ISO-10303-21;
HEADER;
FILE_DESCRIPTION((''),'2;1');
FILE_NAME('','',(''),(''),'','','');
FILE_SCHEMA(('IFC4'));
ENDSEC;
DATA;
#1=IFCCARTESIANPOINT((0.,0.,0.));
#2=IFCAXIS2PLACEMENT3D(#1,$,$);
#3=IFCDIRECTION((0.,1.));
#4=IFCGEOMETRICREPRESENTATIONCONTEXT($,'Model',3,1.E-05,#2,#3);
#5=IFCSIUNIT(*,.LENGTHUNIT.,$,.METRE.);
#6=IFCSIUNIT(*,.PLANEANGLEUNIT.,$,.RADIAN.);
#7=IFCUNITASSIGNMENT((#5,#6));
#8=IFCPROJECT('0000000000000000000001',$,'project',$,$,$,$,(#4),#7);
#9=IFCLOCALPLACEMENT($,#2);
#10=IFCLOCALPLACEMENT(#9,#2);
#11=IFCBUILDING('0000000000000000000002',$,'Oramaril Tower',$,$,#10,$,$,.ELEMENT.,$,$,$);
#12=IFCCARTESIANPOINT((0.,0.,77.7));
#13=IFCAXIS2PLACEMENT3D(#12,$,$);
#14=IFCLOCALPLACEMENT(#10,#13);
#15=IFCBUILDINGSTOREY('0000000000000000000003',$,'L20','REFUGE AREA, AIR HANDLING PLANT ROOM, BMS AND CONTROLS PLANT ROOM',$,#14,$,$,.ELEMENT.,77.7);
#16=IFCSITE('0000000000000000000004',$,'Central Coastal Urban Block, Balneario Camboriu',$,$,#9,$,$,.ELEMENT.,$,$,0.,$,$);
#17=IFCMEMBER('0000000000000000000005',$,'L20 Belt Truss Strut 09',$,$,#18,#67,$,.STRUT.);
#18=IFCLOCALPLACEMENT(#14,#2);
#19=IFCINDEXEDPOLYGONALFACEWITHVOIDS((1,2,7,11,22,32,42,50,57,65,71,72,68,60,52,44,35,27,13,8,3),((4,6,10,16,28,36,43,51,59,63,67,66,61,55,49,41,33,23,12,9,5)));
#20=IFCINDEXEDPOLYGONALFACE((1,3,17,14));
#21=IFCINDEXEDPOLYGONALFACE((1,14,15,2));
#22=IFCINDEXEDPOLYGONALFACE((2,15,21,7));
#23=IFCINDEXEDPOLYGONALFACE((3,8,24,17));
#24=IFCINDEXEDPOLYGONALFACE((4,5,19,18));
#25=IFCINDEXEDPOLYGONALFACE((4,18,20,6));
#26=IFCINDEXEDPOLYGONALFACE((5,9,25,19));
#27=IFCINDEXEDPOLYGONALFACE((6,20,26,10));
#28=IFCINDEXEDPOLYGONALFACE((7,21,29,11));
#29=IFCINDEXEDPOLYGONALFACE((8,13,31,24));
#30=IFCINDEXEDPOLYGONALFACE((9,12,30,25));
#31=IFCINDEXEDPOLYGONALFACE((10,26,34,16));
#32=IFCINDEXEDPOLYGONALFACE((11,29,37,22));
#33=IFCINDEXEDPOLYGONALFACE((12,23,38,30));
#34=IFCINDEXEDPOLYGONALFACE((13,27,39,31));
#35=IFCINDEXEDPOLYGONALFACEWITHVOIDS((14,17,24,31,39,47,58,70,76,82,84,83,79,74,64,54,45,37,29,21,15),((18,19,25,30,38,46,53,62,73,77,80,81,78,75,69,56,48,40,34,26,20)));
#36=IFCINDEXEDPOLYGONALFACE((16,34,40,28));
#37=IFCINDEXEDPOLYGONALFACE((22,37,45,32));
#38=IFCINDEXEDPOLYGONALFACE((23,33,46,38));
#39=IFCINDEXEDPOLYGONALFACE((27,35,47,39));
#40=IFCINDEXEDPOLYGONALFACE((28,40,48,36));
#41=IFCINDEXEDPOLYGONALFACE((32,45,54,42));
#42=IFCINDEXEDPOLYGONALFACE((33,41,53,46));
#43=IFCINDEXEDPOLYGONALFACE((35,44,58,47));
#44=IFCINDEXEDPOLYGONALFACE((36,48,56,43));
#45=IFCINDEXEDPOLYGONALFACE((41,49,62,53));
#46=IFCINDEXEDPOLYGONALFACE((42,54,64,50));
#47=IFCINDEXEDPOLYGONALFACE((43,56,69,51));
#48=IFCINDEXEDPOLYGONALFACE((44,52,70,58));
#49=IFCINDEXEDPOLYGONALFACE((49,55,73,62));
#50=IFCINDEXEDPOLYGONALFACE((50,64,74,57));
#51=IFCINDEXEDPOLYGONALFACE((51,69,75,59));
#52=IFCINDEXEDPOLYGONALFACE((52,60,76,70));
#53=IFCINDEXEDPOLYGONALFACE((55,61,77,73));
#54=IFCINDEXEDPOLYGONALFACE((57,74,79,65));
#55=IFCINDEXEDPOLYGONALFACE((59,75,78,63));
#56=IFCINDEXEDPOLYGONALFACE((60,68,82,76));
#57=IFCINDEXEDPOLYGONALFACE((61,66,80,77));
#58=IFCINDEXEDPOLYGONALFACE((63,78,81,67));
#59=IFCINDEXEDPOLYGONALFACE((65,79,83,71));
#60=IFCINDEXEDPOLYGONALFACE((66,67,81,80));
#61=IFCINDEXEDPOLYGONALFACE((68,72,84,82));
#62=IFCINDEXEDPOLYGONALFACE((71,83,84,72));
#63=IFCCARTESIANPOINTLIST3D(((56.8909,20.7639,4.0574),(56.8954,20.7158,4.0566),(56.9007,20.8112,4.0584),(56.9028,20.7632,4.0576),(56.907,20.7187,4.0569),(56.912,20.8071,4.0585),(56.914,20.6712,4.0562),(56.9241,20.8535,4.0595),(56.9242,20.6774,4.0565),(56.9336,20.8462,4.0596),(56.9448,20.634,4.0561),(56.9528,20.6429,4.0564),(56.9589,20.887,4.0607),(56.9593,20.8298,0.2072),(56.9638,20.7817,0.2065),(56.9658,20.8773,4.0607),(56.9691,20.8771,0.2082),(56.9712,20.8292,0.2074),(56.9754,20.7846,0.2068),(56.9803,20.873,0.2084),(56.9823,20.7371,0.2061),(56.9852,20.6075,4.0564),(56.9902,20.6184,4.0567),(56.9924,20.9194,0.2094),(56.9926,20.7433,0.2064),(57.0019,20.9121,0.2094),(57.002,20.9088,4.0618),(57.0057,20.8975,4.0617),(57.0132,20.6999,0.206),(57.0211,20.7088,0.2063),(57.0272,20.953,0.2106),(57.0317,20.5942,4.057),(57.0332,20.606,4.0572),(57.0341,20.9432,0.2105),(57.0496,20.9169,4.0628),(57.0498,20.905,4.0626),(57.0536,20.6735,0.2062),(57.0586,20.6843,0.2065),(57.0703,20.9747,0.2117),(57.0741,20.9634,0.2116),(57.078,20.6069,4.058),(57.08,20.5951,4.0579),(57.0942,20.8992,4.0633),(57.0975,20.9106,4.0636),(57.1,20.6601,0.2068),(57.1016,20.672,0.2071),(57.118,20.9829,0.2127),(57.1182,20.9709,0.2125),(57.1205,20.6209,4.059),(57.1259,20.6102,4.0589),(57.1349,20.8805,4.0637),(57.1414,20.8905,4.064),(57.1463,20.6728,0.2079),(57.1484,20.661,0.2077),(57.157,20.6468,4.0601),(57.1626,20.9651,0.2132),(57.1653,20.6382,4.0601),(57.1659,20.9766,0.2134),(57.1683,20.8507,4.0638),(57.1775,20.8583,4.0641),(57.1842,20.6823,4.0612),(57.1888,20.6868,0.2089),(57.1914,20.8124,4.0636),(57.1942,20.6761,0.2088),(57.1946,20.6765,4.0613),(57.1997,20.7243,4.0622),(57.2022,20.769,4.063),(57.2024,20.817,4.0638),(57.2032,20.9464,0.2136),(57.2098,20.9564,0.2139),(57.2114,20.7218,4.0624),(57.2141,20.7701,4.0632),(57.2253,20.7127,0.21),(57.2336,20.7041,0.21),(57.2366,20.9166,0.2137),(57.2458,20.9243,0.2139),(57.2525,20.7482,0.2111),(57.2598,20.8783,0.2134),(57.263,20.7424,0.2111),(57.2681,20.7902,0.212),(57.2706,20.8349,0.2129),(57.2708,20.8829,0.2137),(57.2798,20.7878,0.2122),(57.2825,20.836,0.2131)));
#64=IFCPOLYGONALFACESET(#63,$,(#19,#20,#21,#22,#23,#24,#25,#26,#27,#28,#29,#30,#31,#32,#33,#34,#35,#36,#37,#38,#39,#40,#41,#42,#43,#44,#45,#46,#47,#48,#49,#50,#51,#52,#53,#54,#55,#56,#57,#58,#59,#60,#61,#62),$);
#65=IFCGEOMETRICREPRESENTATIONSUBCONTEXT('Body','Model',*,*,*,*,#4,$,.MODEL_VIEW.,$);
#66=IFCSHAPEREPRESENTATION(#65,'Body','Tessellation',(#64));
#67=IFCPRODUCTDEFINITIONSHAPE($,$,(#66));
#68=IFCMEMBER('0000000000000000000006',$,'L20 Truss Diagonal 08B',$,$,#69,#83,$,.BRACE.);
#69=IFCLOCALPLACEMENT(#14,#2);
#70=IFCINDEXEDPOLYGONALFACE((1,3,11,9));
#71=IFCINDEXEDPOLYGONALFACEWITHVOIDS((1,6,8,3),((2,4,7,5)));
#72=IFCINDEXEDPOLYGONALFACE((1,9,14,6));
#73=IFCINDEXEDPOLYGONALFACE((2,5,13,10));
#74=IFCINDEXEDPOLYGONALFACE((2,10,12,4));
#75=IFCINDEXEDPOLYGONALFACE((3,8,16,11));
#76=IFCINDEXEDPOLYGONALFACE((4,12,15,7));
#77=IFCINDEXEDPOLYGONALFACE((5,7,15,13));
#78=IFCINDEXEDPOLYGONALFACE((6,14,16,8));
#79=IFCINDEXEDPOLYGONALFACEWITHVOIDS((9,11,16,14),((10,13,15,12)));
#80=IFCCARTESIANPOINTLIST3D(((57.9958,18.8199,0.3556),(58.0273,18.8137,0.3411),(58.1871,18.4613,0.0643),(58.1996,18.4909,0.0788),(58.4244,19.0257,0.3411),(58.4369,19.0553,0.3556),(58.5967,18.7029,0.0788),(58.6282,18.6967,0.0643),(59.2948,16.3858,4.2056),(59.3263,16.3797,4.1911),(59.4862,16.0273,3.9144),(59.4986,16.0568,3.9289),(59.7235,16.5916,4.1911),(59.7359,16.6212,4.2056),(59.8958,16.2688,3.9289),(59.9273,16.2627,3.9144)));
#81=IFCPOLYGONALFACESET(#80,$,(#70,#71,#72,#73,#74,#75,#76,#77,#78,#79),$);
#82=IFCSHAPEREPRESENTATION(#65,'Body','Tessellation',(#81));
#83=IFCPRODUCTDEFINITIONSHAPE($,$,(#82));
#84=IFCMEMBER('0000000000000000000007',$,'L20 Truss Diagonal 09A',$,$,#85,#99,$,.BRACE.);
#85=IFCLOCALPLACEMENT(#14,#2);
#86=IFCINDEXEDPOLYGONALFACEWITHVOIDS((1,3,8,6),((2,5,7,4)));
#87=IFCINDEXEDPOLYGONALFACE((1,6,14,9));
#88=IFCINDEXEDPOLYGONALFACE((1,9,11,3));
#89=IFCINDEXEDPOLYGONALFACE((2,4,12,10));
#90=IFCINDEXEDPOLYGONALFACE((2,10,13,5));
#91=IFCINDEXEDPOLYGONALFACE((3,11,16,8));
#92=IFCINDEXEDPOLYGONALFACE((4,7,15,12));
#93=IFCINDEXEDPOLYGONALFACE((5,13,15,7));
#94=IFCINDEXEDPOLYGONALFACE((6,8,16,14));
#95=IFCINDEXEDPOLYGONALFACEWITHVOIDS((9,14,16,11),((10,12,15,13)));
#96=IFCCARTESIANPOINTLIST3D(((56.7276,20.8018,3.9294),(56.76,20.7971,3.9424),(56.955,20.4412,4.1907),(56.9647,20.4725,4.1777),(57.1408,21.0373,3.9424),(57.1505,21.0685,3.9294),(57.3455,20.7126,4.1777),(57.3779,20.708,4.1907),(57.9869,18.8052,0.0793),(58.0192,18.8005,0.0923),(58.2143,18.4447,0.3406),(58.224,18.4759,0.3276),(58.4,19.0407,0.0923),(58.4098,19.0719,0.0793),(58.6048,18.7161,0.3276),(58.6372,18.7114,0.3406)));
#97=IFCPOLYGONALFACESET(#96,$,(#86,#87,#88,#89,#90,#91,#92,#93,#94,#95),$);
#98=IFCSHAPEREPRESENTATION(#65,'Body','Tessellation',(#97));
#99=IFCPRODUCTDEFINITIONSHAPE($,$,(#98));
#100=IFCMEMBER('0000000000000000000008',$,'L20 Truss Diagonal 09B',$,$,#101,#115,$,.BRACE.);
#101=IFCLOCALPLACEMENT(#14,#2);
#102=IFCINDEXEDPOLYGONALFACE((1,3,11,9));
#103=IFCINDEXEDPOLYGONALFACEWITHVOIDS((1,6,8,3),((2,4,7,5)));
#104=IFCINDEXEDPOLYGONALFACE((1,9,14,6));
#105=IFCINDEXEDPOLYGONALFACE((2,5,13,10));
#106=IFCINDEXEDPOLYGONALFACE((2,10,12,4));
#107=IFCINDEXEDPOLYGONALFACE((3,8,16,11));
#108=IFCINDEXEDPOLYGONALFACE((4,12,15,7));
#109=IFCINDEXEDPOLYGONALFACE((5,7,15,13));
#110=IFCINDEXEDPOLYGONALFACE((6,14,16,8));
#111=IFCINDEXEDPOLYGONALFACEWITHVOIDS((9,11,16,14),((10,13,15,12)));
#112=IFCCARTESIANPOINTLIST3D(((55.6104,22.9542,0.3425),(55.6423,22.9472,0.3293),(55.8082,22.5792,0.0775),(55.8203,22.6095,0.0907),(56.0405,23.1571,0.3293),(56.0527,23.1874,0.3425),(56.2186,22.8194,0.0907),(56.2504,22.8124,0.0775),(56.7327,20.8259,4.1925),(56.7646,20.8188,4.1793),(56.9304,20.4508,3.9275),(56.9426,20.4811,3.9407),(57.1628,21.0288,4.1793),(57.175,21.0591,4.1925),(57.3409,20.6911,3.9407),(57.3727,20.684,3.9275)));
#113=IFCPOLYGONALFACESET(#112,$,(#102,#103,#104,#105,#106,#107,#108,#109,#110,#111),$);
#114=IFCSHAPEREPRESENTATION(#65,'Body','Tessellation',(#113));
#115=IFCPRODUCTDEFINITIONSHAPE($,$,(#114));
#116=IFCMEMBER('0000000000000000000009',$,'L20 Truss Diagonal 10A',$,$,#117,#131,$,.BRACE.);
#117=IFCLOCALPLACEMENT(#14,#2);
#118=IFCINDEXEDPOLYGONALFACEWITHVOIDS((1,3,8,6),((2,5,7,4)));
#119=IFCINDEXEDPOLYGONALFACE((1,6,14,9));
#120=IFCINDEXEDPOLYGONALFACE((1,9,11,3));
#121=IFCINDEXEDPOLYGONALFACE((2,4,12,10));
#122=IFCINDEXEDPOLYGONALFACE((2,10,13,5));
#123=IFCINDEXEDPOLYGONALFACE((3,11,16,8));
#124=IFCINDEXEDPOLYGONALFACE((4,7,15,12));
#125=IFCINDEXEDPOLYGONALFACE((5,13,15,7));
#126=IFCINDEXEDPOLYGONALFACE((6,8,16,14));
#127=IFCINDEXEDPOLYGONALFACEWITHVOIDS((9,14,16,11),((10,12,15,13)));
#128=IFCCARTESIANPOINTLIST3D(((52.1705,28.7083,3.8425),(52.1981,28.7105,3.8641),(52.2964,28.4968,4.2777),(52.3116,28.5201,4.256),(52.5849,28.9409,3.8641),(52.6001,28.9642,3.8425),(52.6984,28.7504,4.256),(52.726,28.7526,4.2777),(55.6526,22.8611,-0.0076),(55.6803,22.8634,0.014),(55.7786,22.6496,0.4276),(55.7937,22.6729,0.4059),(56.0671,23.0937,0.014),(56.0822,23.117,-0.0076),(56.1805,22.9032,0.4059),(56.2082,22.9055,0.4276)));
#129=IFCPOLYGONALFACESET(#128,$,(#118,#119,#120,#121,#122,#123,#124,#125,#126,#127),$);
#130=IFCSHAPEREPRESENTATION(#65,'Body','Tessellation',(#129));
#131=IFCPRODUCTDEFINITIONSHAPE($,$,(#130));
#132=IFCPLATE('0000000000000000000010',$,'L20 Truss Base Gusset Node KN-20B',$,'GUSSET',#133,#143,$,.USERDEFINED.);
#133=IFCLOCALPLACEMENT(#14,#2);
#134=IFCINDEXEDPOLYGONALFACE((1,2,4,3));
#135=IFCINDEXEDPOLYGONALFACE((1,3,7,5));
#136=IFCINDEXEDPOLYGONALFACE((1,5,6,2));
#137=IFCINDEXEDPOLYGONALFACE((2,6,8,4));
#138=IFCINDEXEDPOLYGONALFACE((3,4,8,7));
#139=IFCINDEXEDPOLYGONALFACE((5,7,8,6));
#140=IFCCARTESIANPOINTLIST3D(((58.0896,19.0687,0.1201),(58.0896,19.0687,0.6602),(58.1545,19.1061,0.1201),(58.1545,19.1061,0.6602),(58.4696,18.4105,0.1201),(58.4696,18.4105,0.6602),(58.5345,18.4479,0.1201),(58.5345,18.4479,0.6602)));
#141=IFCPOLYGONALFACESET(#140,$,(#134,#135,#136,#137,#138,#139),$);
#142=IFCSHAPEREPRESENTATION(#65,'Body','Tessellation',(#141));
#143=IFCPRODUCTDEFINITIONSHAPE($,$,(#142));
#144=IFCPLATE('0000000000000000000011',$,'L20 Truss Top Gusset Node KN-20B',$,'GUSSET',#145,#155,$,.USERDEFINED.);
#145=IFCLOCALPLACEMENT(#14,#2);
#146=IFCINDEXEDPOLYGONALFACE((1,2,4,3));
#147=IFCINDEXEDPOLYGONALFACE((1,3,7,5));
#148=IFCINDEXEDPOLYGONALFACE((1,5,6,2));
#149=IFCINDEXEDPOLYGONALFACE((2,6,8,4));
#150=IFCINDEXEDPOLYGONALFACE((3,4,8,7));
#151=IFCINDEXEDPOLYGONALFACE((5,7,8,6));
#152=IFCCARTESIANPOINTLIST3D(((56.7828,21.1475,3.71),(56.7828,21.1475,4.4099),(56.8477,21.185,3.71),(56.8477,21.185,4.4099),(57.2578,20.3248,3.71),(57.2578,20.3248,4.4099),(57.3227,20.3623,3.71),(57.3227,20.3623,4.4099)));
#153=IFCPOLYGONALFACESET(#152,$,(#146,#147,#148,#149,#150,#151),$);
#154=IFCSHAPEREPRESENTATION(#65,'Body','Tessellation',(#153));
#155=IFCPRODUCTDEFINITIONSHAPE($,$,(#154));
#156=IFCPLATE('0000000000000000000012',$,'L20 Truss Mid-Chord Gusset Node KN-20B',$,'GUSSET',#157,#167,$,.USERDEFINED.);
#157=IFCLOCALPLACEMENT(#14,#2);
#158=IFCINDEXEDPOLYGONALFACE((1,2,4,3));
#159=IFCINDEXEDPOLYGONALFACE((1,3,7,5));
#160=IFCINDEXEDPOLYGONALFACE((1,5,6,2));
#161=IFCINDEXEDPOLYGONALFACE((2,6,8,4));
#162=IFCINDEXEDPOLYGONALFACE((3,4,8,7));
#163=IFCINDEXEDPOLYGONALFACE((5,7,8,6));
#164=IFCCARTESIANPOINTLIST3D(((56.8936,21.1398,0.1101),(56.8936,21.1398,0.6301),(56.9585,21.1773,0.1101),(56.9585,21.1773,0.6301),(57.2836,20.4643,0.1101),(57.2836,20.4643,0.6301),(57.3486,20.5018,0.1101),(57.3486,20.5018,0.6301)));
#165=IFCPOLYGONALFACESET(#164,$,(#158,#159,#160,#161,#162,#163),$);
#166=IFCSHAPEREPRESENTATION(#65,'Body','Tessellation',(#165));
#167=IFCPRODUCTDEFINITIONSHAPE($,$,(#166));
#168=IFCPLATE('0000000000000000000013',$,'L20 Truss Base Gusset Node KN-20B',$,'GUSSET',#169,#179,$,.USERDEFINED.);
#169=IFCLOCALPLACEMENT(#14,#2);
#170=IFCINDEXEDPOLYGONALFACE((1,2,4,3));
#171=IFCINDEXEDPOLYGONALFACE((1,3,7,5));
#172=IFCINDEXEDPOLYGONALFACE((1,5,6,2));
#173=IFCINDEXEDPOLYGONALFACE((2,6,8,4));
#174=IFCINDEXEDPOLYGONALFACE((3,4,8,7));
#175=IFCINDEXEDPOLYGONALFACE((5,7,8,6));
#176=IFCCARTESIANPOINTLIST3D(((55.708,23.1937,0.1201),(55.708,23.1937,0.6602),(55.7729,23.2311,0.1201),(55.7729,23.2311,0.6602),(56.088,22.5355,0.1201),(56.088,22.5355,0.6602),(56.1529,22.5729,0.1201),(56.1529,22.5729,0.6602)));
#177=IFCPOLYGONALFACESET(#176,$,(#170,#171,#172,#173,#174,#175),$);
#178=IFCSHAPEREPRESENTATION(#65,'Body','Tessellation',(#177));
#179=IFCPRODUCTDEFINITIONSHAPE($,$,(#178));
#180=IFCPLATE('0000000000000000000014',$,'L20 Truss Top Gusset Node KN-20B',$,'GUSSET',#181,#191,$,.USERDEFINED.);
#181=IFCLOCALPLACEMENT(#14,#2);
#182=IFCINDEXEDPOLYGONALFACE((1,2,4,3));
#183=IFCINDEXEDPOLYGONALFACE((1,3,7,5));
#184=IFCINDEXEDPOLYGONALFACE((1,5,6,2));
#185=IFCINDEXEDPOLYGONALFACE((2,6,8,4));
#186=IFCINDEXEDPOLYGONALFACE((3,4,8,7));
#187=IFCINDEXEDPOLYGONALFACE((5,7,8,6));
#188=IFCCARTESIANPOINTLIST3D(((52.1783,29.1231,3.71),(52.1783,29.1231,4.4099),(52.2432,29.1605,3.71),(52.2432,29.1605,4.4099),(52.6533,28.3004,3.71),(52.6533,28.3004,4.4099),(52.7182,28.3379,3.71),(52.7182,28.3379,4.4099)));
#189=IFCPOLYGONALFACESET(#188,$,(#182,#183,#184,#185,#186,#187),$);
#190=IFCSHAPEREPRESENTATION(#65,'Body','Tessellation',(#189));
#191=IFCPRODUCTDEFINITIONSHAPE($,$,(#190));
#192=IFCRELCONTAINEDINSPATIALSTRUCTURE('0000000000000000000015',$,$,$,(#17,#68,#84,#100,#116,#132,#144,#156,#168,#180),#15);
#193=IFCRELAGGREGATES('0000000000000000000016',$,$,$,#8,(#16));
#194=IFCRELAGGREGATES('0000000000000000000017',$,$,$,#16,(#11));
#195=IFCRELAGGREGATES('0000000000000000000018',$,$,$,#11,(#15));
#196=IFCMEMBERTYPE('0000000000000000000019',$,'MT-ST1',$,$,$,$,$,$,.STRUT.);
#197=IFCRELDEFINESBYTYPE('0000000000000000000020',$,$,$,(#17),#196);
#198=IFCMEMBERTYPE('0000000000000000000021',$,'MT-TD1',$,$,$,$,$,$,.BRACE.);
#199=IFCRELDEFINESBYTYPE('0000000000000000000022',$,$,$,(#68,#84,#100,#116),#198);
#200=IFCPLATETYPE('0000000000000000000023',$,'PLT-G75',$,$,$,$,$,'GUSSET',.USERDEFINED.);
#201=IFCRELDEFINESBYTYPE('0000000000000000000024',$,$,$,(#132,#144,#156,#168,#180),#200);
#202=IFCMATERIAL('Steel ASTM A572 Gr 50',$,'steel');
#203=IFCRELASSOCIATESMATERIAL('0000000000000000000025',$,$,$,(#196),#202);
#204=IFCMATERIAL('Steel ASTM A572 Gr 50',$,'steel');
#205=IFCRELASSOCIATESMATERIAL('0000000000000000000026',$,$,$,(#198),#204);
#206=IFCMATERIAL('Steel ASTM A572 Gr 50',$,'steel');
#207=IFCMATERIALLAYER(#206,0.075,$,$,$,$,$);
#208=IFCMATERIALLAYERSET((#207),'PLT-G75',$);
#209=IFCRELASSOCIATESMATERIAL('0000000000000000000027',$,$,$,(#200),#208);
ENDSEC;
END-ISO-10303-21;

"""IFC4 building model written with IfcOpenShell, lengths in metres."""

from ifc_helpers import new_model, si_unit, direction, frame, origin, origin_2d, place, context, subcontext, project, spatial, rectangle, hollow_rectangle, hollow_circle, extrude, material, layer, layer_set, material_profile, profile_set, type_object, element, save


model = new_model("IFC4")

# Units and contexts
model_context = context("Model", 3, precision=1e-05, world=origin(), true_north=direction((0.0, 1.0)))
body_context = subcontext(model_context, "Body", "Model", "MODEL_VIEW")
ifc_project = project(units=[si_unit("LENGTHUNIT", "METRE"), si_unit("PLANEANGLEUNIT", "RADIAN")], contexts=[model_context])

# Site, building, storey
site_placement = place(None, origin())
site = spatial("IfcSite", under=ifc_project, at=site_placement, Name="Central Coastal Urban Block, Balneario Camboriu", CompositionType="ELEMENT", RefElevation=0.0)
building_placement = place(site_placement, origin())
building = spatial("IfcBuilding", under=site, at=building_placement, Name="Oramaril Tower", CompositionType="ELEMENT")
storey_placement = place(building_placement, frame((0.0, 0.0, 77.7)))
storey = spatial("IfcBuildingStorey", under=building, at=storey_placement, Name="L20", Description="REFUGE AREA, AIR HANDLING PLANT ROOM, BMS AND CONTROLS PLANT ROOM", CompositionType="ELEMENT", Elevation=77.7)

# Members
ifc_material_1 = material(Name="Steel ASTM A572 Gr 50", Category="steel")
ifc_material_profile_1 = material_profile(ifc_material_1, hollow_circle(Radius=0.1621, WallThickness=0.012, at=origin_2d()), Name="CHS324X12")
ifc_profile_set_1 = profile_set([ifc_material_profile_1], Name="Steel ASTM A572 Gr 50")
member_type_1 = type_object("IfcMemberType", Name="MT-ST1", PredefinedType="STRUT", material=ifc_profile_set_1)
member_1_placement = place(storey_placement, frame((57.1211, 20.8208, 0.21), z_axis=(-0.01775, -0.017116, 0.999696), x_axis=(0.694136, -0.719844, 0.0)))
element("IfcMember", 1, at=member_1_placement, inside=storey, type_object=member_type_1, Name="L20 Belt Truss Strut 09", PredefinedType="STRUT", context=body_context, shape_type="SweptSolid", body=[
    extrude(hollow_circle(Radius=0.1621, WallThickness=0.012, at=origin_2d()), origin(), (0.0, 0.0, 1.0), 3.8513),
])
ifc_material_2 = material(Name="Steel ASTM A572 Gr 50", Category="steel")
ifc_material_profile_2 = material_profile(ifc_material_2, hollow_rectangle(XDim=0.5, YDim=0.5, WallThickness=0.0249, at=origin_2d()), Name="HSS500X500X25")
ifc_profile_set_2 = profile_set([ifc_material_profile_2], Name="Steel ASTM A572 Gr 50")
member_type_2 = type_object("IfcMemberType", Name="MT-TD1", PredefinedType="BRACE", material=ifc_profile_set_2)
member_2_placement = place(storey_placement, frame((58.312, 18.7583, 0.21), z_axis=(0.274261, -0.513886, 0.812836), x_axis=(0.882218, 0.470841, 0.0)))
element("IfcMember", 2, at=member_2_placement, inside=storey, type_object=member_type_2, Name="L20 Truss Diagonal 08B", PredefinedType="BRACE", context=body_context, shape_type="SweptSolid", body=[
    extrude(hollow_rectangle(XDim=0.5, YDim=0.5, WallThickness=0.0249, at=origin_2d()), origin(), (0.0, 0.0, 1.0), 4.7366),
])
member_3_placement = place(storey_placement, frame((58.312, 18.7583, 0.21), z_axis=(-0.27884, 0.442101, 0.852523), x_axis=(-0.845818, -0.533471, 0.0)))
element("IfcMember", 3, at=member_3_placement, inside=storey, type_object=member_type_2, Name="L20 Truss Diagonal 09A", PredefinedType="BRACE", context=body_context, shape_type="SweptSolid", body=[
    extrude(hollow_rectangle(XDim=0.5, YDim=0.5, WallThickness=0.0249, at=origin_2d()), origin(), (0.0, 0.0, 1.0), 4.5161),
])
member_4_placement = place(storey_placement, frame((55.9304, 22.8833, 0.21), z_axis=(0.247197, -0.468799, 0.84801), x_axis=(0.884559, 0.466428, 0.0)))
element("IfcMember", 4, at=member_4_placement, inside=storey, type_object=member_type_2, Name="L20 Truss Diagonal 09B", PredefinedType="BRACE", context=body_context, shape_type="SweptSolid", body=[
    extrude(hollow_rectangle(XDim=0.5, YDim=0.5, WallThickness=0.0249, at=origin_2d()), origin(), (0.0, 0.0, 1.0), 4.54),
])
member_5_placement = place(storey_placement, frame((55.9304, 22.8833, 0.21), z_axis=(-0.445343, 0.747807, 0.492397), x_axis=(-0.859182, -0.511671, 0.0)))
element("IfcMember", 5, at=member_5_placement, inside=storey, type_object=member_type_2, Name="L20 Truss Diagonal 10A", PredefinedType="BRACE", context=body_context, shape_type="SweptSolid", body=[
    extrude(hollow_rectangle(XDim=0.5, YDim=0.5, WallThickness=0.0249, at=origin_2d()), origin(), (0.0, 0.0, 1.0), 7.8191),
])

# Plates
ifc_material_3 = material(Name="Steel ASTM A572 Gr 50", Category="steel")
ifc_layer_1 = layer(ifc_material_3, 0.075)
ifc_layer_set_1 = layer_set([ifc_layer_1], Name="PLT-G75")
plate_type = type_object("IfcPlateType", Name="PLT-G75", ElementType="GUSSET", PredefinedType="USERDEFINED", material=ifc_layer_set_1)
plate_1_placement = place(storey_placement, frame((58.312, 18.7583, 0.1201), z_axis=(0.0, 0.0, 1.0), x_axis=(-0.499997, 0.866027, 0.0)))
element("IfcPlate", 6, at=plate_1_placement, inside=storey, type_object=plate_type, Name="L20 Truss Base Gusset Node KN-20B", ObjectType="GUSSET", PredefinedType="USERDEFINED", context=body_context, shape_type="SweptSolid", body=[
    extrude(rectangle(XDim=0.76, YDim=0.075, at=origin_2d()), origin(), (0.0, 0.0, 1.0), 0.54),
])
plate_2_placement = place(storey_placement, frame((57.0527, 20.7549, 3.71), z_axis=(0.0, 0.0, 1.0), x_axis=(-0.499995, 0.866028, 0.0)))
element("IfcPlate", 7, at=plate_2_placement, inside=storey, type_object=plate_type, Name="L20 Truss Top Gusset Node KN-20B", ObjectType="GUSSET", PredefinedType="USERDEFINED", context=body_context, shape_type="SweptSolid", body=[
    extrude(rectangle(XDim=0.95, YDim=0.075, at=origin_2d()), origin(), (0.0, 0.0, 1.0), 0.7),
])
plate_3_placement = place(storey_placement, frame((57.1211, 20.8208, 0.1101), z_axis=(0.0, 0.0, 1.0), x_axis=(-0.499995, 0.866028, 0.0)))
element("IfcPlate", 8, at=plate_3_placement, inside=storey, type_object=plate_type, Name="L20 Truss Mid-Chord Gusset Node KN-20B", ObjectType="GUSSET", PredefinedType="USERDEFINED", context=body_context, shape_type="SweptSolid", body=[
    extrude(rectangle(XDim=0.78, YDim=0.075, at=origin_2d()), origin(), (0.0, 0.0, 1.0), 0.52),
])
plate_4_placement = place(storey_placement, frame((55.9304, 22.8833, 0.1201), z_axis=(0.0, 0.0, 1.0), x_axis=(-0.499995, 0.866028, 0.0)))
element("IfcPlate", 9, at=plate_4_placement, inside=storey, type_object=plate_type, Name="L20 Truss Base Gusset Node KN-20B", ObjectType="GUSSET", PredefinedType="USERDEFINED", context=body_context, shape_type="SweptSolid", body=[
    extrude(rectangle(XDim=0.76, YDim=0.075, at=origin_2d()), origin(), (0.0, 0.0, 1.0), 0.54),
])
plate_5_placement = place(storey_placement, frame((52.4482, 28.7305, 3.71), z_axis=(0.0, 0.0, 1.0), x_axis=(-0.500002, 0.866025, 0.0)))
element("IfcPlate", 10, at=plate_5_placement, inside=storey, type_object=plate_type, Name="L20 Truss Top Gusset Node KN-20B", ObjectType="GUSSET", PredefinedType="USERDEFINED", context=body_context, shape_type="SweptSolid", body=[
    extrude(rectangle(XDim=0.95, YDim=0.075, at=origin_2d()), origin(), (0.0, 0.0, 1.0), 0.7),
])

save(model, "model.ifc")
